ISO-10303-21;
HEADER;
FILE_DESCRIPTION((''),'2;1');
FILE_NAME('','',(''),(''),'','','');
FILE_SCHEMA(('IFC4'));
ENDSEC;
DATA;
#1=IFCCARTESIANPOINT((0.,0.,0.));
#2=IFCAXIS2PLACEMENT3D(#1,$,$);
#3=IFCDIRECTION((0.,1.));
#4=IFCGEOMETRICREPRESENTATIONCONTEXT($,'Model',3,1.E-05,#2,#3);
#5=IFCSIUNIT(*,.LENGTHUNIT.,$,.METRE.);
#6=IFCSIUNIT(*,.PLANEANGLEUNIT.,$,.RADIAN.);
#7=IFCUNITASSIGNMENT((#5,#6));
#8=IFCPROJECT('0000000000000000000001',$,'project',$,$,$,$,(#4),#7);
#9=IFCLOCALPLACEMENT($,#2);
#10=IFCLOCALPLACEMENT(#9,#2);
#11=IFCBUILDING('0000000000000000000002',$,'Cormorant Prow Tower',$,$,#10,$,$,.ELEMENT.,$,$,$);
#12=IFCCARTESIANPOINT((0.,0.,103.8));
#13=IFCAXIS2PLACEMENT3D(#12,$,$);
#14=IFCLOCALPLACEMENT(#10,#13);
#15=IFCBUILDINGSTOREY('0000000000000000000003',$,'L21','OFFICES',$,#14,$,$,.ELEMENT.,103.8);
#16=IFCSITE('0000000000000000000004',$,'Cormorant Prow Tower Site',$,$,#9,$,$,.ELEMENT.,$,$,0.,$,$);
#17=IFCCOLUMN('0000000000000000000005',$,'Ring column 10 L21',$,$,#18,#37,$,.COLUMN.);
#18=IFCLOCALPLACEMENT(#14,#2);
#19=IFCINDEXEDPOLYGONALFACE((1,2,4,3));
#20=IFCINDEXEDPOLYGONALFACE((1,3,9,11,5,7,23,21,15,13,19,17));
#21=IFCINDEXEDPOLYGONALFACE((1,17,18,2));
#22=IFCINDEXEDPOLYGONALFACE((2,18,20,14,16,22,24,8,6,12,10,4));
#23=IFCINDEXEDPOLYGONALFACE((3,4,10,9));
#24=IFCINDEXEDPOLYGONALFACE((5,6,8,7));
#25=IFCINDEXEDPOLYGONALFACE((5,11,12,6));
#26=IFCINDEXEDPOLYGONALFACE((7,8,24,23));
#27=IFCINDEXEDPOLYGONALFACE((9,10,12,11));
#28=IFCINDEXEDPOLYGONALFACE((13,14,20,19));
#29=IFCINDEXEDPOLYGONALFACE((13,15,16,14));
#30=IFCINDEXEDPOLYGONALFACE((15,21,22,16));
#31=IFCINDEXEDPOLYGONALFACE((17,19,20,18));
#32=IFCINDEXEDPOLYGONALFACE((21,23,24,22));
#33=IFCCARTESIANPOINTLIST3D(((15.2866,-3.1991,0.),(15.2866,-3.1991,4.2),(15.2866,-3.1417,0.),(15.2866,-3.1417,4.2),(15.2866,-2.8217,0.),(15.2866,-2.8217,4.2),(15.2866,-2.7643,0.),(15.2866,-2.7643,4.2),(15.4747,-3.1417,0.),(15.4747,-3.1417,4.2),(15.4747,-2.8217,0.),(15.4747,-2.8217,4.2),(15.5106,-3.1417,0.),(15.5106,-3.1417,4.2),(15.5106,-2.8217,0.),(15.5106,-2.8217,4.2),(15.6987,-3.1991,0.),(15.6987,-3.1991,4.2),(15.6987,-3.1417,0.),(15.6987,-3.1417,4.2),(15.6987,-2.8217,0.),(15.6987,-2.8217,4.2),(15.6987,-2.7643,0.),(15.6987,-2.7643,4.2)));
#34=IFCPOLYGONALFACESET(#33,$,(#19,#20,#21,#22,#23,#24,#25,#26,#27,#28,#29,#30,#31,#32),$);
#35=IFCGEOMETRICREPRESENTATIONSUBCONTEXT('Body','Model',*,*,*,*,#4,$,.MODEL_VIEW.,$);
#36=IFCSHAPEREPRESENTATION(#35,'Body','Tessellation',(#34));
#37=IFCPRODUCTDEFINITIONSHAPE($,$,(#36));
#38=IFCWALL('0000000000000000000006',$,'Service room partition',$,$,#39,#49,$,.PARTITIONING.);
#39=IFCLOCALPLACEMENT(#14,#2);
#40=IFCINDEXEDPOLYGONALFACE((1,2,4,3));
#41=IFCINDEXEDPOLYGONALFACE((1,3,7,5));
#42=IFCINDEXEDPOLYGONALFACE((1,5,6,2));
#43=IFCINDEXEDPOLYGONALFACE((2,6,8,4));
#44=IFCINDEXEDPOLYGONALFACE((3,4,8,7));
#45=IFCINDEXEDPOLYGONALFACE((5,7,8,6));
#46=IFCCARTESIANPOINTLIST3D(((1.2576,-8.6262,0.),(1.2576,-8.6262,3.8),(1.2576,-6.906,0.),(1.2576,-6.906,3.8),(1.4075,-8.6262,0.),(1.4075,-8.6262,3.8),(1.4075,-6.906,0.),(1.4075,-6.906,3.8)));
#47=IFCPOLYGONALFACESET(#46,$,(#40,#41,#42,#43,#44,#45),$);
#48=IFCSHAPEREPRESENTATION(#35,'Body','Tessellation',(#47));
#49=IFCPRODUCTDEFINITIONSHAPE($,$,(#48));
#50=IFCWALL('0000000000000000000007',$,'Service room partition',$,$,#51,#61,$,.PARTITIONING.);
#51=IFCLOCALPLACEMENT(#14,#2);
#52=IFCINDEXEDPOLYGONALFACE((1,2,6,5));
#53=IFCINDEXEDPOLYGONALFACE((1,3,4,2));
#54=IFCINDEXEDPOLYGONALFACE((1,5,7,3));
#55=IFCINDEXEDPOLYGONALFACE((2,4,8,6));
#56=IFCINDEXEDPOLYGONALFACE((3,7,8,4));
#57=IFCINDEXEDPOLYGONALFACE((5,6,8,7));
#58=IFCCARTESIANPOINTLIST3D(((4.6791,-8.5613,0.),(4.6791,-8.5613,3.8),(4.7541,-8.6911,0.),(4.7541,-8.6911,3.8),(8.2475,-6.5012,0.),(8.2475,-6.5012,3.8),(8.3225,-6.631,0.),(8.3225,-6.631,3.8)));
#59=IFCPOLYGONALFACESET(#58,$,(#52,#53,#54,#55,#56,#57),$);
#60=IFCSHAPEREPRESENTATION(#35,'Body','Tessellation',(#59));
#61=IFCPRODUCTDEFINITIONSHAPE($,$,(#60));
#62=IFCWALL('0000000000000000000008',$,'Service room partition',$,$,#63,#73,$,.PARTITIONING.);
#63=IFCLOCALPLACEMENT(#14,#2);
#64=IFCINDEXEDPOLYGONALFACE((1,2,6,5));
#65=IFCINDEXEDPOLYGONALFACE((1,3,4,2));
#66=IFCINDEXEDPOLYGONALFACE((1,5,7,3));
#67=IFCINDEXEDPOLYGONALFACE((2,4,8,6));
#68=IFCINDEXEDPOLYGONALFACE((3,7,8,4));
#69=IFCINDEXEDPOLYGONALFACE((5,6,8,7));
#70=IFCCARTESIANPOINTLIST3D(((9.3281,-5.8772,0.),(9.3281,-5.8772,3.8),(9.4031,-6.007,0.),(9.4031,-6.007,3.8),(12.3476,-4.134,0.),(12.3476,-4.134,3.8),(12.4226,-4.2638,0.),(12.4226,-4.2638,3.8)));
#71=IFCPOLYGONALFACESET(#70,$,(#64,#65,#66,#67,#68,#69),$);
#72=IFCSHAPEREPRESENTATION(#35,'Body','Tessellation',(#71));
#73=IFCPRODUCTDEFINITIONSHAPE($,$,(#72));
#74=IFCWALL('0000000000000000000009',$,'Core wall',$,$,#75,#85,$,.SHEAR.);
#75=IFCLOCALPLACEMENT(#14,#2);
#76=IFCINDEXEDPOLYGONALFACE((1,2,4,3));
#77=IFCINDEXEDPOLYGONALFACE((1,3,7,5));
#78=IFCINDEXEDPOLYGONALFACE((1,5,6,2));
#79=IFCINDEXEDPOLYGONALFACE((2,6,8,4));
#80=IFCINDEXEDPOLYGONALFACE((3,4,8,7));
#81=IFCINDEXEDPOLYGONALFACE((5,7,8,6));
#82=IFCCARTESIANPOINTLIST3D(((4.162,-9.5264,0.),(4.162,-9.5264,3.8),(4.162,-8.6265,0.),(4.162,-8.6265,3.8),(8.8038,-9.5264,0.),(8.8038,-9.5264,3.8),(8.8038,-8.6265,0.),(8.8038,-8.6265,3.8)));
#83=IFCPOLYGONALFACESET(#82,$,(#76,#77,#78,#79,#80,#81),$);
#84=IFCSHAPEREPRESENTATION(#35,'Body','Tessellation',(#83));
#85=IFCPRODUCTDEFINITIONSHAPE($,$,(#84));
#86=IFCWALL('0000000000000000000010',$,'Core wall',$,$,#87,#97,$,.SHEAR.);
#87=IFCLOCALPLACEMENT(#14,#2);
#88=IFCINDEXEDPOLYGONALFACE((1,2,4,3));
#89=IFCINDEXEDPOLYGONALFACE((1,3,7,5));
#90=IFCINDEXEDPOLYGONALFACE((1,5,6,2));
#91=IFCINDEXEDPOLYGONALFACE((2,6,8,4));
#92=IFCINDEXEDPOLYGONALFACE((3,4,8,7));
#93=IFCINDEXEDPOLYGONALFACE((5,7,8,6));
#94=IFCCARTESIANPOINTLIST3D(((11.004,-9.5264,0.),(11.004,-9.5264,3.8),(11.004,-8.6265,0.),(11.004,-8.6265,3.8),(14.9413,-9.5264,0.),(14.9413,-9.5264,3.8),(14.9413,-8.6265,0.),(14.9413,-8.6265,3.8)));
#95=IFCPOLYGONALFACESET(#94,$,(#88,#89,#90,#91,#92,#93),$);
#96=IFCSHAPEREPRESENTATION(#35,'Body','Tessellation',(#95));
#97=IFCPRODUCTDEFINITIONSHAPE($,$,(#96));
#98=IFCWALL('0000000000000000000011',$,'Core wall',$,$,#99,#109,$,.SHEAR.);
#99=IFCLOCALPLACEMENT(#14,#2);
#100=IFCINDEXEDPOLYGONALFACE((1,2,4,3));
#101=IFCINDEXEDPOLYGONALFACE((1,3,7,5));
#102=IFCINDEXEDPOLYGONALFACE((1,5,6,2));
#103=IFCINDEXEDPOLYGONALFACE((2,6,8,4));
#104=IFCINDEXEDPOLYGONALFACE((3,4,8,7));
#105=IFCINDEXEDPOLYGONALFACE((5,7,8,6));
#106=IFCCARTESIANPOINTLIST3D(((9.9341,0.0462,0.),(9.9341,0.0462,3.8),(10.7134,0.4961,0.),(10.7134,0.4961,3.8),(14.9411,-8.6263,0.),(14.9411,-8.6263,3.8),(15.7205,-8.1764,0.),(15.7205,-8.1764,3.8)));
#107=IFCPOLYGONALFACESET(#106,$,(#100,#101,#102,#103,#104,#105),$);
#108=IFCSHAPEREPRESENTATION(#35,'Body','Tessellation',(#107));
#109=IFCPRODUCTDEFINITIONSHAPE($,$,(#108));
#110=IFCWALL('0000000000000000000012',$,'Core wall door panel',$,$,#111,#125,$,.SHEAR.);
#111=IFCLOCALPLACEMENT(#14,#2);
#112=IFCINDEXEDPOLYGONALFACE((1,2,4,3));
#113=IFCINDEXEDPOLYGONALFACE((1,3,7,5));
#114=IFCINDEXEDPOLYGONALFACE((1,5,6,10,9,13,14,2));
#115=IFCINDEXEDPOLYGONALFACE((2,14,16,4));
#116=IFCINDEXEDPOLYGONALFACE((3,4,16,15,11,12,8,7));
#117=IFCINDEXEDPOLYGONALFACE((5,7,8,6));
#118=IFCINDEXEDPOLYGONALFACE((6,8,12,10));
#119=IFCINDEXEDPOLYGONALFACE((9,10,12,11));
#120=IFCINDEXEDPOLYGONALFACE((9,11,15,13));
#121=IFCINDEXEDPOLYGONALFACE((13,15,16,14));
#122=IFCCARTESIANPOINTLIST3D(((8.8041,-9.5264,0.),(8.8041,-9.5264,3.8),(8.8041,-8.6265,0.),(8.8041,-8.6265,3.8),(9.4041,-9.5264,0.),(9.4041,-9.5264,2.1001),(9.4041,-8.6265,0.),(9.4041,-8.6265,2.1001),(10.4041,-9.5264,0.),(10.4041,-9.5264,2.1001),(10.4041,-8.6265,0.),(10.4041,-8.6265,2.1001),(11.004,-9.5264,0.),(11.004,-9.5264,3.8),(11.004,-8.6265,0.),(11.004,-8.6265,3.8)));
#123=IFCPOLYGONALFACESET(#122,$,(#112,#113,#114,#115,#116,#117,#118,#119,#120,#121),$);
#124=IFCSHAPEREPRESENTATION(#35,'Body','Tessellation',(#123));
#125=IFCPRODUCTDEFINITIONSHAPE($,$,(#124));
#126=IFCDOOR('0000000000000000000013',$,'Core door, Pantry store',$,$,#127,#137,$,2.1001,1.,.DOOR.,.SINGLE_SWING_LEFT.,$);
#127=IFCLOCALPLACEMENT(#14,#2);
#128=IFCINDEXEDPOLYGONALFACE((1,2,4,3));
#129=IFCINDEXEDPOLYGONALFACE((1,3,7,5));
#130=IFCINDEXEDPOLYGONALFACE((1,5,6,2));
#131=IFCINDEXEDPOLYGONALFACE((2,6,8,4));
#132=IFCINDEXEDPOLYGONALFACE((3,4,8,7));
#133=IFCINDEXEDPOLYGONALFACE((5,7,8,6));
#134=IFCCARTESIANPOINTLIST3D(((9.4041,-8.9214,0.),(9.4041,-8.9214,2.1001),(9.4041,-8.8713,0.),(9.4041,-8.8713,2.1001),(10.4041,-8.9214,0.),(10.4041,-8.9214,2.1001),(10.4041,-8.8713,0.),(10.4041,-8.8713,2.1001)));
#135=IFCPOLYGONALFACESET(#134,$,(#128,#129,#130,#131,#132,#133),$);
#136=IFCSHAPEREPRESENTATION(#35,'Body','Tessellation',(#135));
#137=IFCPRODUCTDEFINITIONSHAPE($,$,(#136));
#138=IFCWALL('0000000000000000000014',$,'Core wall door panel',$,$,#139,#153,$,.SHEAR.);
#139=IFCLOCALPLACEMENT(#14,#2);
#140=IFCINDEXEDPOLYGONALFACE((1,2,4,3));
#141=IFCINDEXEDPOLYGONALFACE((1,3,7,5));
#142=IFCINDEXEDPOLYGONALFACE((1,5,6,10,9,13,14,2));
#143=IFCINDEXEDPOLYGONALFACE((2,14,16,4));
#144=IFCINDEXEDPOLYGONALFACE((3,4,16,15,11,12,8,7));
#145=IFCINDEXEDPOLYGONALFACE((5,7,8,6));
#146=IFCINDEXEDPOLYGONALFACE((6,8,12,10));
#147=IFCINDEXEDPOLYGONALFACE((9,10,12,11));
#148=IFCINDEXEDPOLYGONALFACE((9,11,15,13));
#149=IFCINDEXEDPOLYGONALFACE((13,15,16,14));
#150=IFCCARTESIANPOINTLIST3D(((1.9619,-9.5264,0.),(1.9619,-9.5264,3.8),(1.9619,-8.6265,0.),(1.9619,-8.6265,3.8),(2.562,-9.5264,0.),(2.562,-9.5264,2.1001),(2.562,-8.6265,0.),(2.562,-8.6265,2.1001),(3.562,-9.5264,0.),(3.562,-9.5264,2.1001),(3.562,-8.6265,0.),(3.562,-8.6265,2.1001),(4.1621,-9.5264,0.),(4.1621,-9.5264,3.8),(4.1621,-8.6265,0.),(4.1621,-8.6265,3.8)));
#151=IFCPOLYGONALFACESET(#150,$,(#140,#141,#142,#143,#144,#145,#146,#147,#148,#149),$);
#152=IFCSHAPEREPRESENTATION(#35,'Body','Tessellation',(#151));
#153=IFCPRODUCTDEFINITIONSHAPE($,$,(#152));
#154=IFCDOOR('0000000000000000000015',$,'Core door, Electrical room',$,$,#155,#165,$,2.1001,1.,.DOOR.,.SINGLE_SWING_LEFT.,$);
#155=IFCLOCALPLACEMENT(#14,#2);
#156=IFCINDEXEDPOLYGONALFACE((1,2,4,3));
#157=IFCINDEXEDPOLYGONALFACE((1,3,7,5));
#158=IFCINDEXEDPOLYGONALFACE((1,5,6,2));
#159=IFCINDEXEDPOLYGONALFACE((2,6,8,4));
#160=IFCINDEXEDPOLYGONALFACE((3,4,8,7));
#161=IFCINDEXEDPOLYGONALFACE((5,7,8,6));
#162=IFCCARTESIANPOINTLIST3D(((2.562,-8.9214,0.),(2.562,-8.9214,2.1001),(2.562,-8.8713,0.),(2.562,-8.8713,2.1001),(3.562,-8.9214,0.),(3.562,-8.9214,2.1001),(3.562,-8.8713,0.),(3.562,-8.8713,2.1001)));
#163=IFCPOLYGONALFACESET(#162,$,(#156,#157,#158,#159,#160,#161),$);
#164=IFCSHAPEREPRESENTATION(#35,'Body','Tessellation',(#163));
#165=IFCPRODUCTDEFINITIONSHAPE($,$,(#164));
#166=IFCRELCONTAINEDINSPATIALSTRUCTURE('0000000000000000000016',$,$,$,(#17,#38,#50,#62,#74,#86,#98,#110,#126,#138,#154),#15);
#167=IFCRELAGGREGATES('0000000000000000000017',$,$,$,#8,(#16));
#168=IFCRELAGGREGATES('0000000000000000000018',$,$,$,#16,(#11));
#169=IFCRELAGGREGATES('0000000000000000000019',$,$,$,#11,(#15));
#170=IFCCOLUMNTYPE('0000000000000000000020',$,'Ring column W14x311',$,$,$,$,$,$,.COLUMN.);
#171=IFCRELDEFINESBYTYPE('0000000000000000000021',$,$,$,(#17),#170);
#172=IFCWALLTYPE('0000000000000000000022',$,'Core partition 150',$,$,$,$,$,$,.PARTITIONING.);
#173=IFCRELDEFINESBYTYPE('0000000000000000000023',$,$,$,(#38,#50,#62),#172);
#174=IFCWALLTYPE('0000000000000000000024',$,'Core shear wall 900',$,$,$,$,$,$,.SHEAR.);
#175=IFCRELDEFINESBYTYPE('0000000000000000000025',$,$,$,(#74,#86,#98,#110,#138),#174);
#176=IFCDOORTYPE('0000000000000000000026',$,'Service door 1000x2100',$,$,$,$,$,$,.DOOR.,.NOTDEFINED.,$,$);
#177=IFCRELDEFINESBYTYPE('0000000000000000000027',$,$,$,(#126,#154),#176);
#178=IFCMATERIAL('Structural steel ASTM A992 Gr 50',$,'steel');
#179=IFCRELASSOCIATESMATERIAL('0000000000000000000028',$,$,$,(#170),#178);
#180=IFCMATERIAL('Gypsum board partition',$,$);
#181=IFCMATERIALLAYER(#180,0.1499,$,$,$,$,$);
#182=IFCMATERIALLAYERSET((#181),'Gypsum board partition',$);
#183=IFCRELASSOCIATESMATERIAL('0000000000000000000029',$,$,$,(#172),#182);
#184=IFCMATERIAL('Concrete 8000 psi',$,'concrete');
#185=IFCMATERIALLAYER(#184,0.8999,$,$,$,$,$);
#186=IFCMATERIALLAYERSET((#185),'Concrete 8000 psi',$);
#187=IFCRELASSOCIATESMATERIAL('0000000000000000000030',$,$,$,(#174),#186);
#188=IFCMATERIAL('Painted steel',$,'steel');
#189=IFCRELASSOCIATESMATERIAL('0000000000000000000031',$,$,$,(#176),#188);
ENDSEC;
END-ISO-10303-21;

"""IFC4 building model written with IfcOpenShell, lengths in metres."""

from ifc_helpers import new_model, si_unit, direction, frame, frame_2d, origin, origin_2d, place, context, subcontext, project, spatial, rectangle, i_section, extrude, material, layer, layer_set, material_profile, profile_set, type_object, element, fill, save


model = new_model("IFC4")

# Units and contexts
model_context = context("Model", 3, precision=1e-05, world=origin(), true_north=direction((0.0, 1.0)))
body_context = subcontext(model_context, "Body", "Model", "MODEL_VIEW")
ifc_project = project(units=[si_unit("LENGTHUNIT", "METRE"), si_unit("PLANEANGLEUNIT", "RADIAN")], contexts=[model_context])

# Site, building, storey
site_placement = place(None, origin())
site = spatial("IfcSite", under=ifc_project, at=site_placement, Name="Cormorant Prow Tower Site", CompositionType="ELEMENT", RefElevation=0.0)
building_placement = place(site_placement, origin())
building = spatial("IfcBuilding", under=site, at=building_placement, Name="Cormorant Prow Tower", CompositionType="ELEMENT")
storey_placement = place(building_placement, frame((0.0, 0.0, 103.8)))
storey = spatial("IfcBuildingStorey", under=building, at=storey_placement, Name="L21", Description="OFFICES", CompositionType="ELEMENT", Elevation=103.8)

# Column
ifc_material_1 = material(Name="Structural steel ASTM A992 Gr 50", Category="steel")
ifc_material_profile = material_profile(ifc_material_1, i_section(OverallWidth=0.4121, OverallDepth=0.4348, WebThickness=0.0359, FlangeThickness=0.0574, at=origin_2d()), Name="W14x311")
ifc_profile_set = profile_set([ifc_material_profile], Name="Structural steel ASTM A992 Gr 50")
column_type = type_object("IfcColumnType", Name="Ring column W14x311", PredefinedType="COLUMN", material=ifc_profile_set)
column_placement = place(storey_placement, frame((15.4927, -2.9817, 0.0), z_axis=(0.0, 0.0, 1.0), x_axis=(1.0, 0.0, 0.0)))
element("IfcColumn", 1, at=column_placement, inside=storey, type_object=column_type, Name="Ring column 10 L21", PredefinedType="COLUMN", context=body_context, shape_type="SweptSolid", body=[
    extrude(i_section(OverallWidth=0.4121, OverallDepth=0.4348, WebThickness=0.0359, FlangeThickness=0.0574, at=origin_2d()), origin(), (0.0, 0.0, 1.0), 4.2),
])

# Walls
ifc_material_2 = material(Name="Gypsum board partition")
ifc_layer_1 = layer(ifc_material_2, 0.1499)
ifc_layer_set_1 = layer_set([ifc_layer_1], Name="Gypsum board partition")
wall_type_1 = type_object("IfcWallType", Name="Core partition 150", PredefinedType="PARTITIONING", material=ifc_layer_set_1)
wall_1_placement = place(storey_placement, frame((1.3325, -8.6262, 0.0), z_axis=(0.0, 0.0, 1.0), x_axis=(0.0, 1.0, 0.0)))
element("IfcWall", 2, at=wall_1_placement, inside=storey, type_object=wall_type_1, Name="Service room partition", PredefinedType="PARTITIONING", context=body_context, shape_type="SweptSolid", body=[
    extrude(rectangle(XDim=1.7202, YDim=0.1499, at=frame_2d((0.8601, 0.0))), origin(), (0.0, 0.0, 1.0), 3.8),
])
wall_2_placement = place(storey_placement, frame((8.2849, -6.5662, 0.0), z_axis=(0.0, 0.0, 1.0), x_axis=(-0.86604, -0.499975, 0.0)))
element("IfcWall", 3, at=wall_2_placement, inside=storey, type_object=wall_type_1, Name="Service room partition", PredefinedType="PARTITIONING", context=body_context, shape_type="SweptSolid", body=[
    extrude(rectangle(XDim=4.1204, YDim=0.1499, at=frame_2d((2.0601, 0.0))), origin(), (0.0, 0.0, 1.0), 3.8),
])
wall_3_placement = place(storey_placement, frame((12.385, -4.199, 0.0), z_axis=(0.0, 0.0, 1.0), x_axis=(-0.866046, -0.499965, 0.0)))
element("IfcWall", 4, at=wall_3_placement, inside=storey, type_object=wall_type_1, Name="Service room partition", PredefinedType="PARTITIONING", context=body_context, shape_type="SweptSolid", body=[
    extrude(rectangle(XDim=3.4866, YDim=0.1499, at=frame_2d((1.7432, 0.0))), origin(), (0.0, 0.0, 1.0), 3.8),
])
ifc_material_3 = material(Name="Concrete 8000 psi", Category="concrete")
ifc_layer_2 = layer(ifc_material_3, 0.8999)
ifc_layer_set_2 = layer_set([ifc_layer_2], Name="Concrete 8000 psi")
wall_type_2 = type_object("IfcWallType", Name="Core shear wall 900", PredefinedType="SHEAR", material=ifc_layer_set_2)
wall_4_placement = place(storey_placement, frame((4.1621, -9.0764, 0.0), z_axis=(0.0, 0.0, 1.0), x_axis=(1.0, 0.0, 0.0)))
element("IfcWall", 5, at=wall_4_placement, inside=storey, type_object=wall_type_2, Name="Core wall", PredefinedType="SHEAR", context=body_context, shape_type="SweptSolid", body=[
    extrude(rectangle(XDim=4.6418, YDim=0.8999, at=frame_2d((2.3208, 0.0))), origin(), (0.0, 0.0, 1.0), 3.8),
])
wall_5_placement = place(storey_placement, frame((11.0039, -9.0764, 0.0), z_axis=(0.0, 0.0, 1.0), x_axis=(1.0, 0.0, 0.0)))
element("IfcWall", 6, at=wall_5_placement, inside=storey, type_object=wall_type_2, Name="Core wall", PredefinedType="SHEAR", context=body_context, shape_type="SweptSolid", body=[
    extrude(rectangle(XDim=3.9373, YDim=0.8999, at=frame_2d((1.9688, 0.0))), origin(), (0.0, 0.0, 1.0), 3.8),
])
wall_6_placement = place(storey_placement, frame((15.3308, -8.4014, 0.0), z_axis=(0.0, 0.0, 1.0), x_axis=(-0.499996, 0.866028, 0.0)))
element("IfcWall", 7, at=wall_6_placement, inside=storey, type_object=wall_type_2, Name="Core wall", PredefinedType="SHEAR", context=body_context, shape_type="SweptSolid", body=[
    extrude(rectangle(XDim=10.0142, YDim=0.8999, at=frame_2d((5.0071, 0.0))), origin(), (0.0, 0.0, 1.0), 3.8),
])

# Walls, openings, doors
wall_7_placement = place(storey_placement, frame((8.804, -9.0764, 0.0), z_axis=(0.0, 0.0, 1.0), x_axis=(1.0, 0.0, 0.0)))
wall_7 = element("IfcWall", 8, at=wall_7_placement, inside=storey, type_object=wall_type_2, Name="Core wall door panel", PredefinedType="SHEAR", context=body_context, shape_type="SweptSolid", body=[
    extrude(rectangle(XDim=2.2, YDim=0.8999, at=frame_2d((1.1001, 0.0))), origin(), (0.0, 0.0, 1.0), 3.8),
])
opening_1_placement = place(wall_7_placement, frame((0.6001, 0.0, 0.0)))
opening_1 = element("IfcOpeningElement", 9, at=opening_1_placement, cuts=wall_7, PredefinedType="OPENING", context=body_context, shape_type="SweptSolid", body=[
    extrude(rectangle(XDim=1.0, YDim=2.1001, at=frame_2d((0.5, 1.05))), frame((0.0, 0.46, 0.0), z_axis=(0.0, -1.0, 0.0), x_axis=(1.0, 0.0, 0.0)), (0.0, 0.0, 1.0), 0.9199),
])
ifc_material_4 = material(Name="Painted steel", Category="steel")
door_type_1 = type_object("IfcDoorType", Name="Service door 1000x2100", OperationType="NOTDEFINED", PredefinedType="DOOR", material=ifc_material_4)
door_1_placement = place(opening_1_placement, origin())
door_1 = element("IfcDoor", 10, at=door_1_placement, inside=storey, type_object=door_type_1, Name="Core door, Pantry store", OperationType="SINGLE_SWING_LEFT", OverallHeight=2.1001, OverallWidth=1.0, PredefinedType="DOOR", context=body_context, shape_type="SweptSolid", body=[
    extrude(rectangle(XDim=1.0, YDim=2.1001, at=frame_2d((0.5, 1.05))), frame((0.0, 0.2051, 0.0), z_axis=(0.0, -1.0, 0.0), x_axis=(1.0, 0.0, 0.0)), (0.0, 0.0, 1.0), 0.05),
])
fill(opening_1, door_1)
wall_8_placement = place(storey_placement, frame((1.9619, -9.0764, 0.0), z_axis=(0.0, 0.0, 1.0), x_axis=(1.0, 0.0, 0.0)))
wall_8 = element("IfcWall", 11, at=wall_8_placement, inside=storey, type_object=wall_type_2, Name="Core wall door panel", PredefinedType="SHEAR", context=body_context, shape_type="SweptSolid", body=[
    extrude(rectangle(XDim=2.2002, YDim=0.8999, at=frame_2d((1.1001, 0.0))), origin(), (0.0, 0.0, 1.0), 3.8),
])
opening_2_placement = place(wall_8_placement, frame((0.6001, 0.0, 0.0)))
opening_2 = element("IfcOpeningElement", 12, at=opening_2_placement, cuts=wall_8, PredefinedType="OPENING", context=body_context, shape_type="SweptSolid", body=[
    extrude(rectangle(XDim=1.0, YDim=2.1001, at=frame_2d((0.5, 1.05))), frame((0.0, 0.46, 0.0), z_axis=(0.0, -1.0, 0.0), x_axis=(1.0, 0.0, 0.0)), (0.0, 0.0, 1.0), 0.9199),
])
door_2_placement = place(opening_2_placement, origin())
door_2 = element("IfcDoor", 13, at=door_2_placement, inside=storey, type_object=door_type_1, Name="Core door, Electrical room", OperationType="SINGLE_SWING_LEFT", OverallHeight=2.1001, OverallWidth=1.0, PredefinedType="DOOR", context=body_context, shape_type="SweptSolid", body=[
    extrude(rectangle(XDim=1.0, YDim=2.1001, at=frame_2d((0.5, 1.05))), frame((0.0, 0.2051, 0.0), z_axis=(0.0, -1.0, 0.0), x_axis=(1.0, 0.0, 0.0)), (0.0, 0.0, 1.0), 0.05),
])
fill(opening_2, door_2)

save(model, "model.ifc")
